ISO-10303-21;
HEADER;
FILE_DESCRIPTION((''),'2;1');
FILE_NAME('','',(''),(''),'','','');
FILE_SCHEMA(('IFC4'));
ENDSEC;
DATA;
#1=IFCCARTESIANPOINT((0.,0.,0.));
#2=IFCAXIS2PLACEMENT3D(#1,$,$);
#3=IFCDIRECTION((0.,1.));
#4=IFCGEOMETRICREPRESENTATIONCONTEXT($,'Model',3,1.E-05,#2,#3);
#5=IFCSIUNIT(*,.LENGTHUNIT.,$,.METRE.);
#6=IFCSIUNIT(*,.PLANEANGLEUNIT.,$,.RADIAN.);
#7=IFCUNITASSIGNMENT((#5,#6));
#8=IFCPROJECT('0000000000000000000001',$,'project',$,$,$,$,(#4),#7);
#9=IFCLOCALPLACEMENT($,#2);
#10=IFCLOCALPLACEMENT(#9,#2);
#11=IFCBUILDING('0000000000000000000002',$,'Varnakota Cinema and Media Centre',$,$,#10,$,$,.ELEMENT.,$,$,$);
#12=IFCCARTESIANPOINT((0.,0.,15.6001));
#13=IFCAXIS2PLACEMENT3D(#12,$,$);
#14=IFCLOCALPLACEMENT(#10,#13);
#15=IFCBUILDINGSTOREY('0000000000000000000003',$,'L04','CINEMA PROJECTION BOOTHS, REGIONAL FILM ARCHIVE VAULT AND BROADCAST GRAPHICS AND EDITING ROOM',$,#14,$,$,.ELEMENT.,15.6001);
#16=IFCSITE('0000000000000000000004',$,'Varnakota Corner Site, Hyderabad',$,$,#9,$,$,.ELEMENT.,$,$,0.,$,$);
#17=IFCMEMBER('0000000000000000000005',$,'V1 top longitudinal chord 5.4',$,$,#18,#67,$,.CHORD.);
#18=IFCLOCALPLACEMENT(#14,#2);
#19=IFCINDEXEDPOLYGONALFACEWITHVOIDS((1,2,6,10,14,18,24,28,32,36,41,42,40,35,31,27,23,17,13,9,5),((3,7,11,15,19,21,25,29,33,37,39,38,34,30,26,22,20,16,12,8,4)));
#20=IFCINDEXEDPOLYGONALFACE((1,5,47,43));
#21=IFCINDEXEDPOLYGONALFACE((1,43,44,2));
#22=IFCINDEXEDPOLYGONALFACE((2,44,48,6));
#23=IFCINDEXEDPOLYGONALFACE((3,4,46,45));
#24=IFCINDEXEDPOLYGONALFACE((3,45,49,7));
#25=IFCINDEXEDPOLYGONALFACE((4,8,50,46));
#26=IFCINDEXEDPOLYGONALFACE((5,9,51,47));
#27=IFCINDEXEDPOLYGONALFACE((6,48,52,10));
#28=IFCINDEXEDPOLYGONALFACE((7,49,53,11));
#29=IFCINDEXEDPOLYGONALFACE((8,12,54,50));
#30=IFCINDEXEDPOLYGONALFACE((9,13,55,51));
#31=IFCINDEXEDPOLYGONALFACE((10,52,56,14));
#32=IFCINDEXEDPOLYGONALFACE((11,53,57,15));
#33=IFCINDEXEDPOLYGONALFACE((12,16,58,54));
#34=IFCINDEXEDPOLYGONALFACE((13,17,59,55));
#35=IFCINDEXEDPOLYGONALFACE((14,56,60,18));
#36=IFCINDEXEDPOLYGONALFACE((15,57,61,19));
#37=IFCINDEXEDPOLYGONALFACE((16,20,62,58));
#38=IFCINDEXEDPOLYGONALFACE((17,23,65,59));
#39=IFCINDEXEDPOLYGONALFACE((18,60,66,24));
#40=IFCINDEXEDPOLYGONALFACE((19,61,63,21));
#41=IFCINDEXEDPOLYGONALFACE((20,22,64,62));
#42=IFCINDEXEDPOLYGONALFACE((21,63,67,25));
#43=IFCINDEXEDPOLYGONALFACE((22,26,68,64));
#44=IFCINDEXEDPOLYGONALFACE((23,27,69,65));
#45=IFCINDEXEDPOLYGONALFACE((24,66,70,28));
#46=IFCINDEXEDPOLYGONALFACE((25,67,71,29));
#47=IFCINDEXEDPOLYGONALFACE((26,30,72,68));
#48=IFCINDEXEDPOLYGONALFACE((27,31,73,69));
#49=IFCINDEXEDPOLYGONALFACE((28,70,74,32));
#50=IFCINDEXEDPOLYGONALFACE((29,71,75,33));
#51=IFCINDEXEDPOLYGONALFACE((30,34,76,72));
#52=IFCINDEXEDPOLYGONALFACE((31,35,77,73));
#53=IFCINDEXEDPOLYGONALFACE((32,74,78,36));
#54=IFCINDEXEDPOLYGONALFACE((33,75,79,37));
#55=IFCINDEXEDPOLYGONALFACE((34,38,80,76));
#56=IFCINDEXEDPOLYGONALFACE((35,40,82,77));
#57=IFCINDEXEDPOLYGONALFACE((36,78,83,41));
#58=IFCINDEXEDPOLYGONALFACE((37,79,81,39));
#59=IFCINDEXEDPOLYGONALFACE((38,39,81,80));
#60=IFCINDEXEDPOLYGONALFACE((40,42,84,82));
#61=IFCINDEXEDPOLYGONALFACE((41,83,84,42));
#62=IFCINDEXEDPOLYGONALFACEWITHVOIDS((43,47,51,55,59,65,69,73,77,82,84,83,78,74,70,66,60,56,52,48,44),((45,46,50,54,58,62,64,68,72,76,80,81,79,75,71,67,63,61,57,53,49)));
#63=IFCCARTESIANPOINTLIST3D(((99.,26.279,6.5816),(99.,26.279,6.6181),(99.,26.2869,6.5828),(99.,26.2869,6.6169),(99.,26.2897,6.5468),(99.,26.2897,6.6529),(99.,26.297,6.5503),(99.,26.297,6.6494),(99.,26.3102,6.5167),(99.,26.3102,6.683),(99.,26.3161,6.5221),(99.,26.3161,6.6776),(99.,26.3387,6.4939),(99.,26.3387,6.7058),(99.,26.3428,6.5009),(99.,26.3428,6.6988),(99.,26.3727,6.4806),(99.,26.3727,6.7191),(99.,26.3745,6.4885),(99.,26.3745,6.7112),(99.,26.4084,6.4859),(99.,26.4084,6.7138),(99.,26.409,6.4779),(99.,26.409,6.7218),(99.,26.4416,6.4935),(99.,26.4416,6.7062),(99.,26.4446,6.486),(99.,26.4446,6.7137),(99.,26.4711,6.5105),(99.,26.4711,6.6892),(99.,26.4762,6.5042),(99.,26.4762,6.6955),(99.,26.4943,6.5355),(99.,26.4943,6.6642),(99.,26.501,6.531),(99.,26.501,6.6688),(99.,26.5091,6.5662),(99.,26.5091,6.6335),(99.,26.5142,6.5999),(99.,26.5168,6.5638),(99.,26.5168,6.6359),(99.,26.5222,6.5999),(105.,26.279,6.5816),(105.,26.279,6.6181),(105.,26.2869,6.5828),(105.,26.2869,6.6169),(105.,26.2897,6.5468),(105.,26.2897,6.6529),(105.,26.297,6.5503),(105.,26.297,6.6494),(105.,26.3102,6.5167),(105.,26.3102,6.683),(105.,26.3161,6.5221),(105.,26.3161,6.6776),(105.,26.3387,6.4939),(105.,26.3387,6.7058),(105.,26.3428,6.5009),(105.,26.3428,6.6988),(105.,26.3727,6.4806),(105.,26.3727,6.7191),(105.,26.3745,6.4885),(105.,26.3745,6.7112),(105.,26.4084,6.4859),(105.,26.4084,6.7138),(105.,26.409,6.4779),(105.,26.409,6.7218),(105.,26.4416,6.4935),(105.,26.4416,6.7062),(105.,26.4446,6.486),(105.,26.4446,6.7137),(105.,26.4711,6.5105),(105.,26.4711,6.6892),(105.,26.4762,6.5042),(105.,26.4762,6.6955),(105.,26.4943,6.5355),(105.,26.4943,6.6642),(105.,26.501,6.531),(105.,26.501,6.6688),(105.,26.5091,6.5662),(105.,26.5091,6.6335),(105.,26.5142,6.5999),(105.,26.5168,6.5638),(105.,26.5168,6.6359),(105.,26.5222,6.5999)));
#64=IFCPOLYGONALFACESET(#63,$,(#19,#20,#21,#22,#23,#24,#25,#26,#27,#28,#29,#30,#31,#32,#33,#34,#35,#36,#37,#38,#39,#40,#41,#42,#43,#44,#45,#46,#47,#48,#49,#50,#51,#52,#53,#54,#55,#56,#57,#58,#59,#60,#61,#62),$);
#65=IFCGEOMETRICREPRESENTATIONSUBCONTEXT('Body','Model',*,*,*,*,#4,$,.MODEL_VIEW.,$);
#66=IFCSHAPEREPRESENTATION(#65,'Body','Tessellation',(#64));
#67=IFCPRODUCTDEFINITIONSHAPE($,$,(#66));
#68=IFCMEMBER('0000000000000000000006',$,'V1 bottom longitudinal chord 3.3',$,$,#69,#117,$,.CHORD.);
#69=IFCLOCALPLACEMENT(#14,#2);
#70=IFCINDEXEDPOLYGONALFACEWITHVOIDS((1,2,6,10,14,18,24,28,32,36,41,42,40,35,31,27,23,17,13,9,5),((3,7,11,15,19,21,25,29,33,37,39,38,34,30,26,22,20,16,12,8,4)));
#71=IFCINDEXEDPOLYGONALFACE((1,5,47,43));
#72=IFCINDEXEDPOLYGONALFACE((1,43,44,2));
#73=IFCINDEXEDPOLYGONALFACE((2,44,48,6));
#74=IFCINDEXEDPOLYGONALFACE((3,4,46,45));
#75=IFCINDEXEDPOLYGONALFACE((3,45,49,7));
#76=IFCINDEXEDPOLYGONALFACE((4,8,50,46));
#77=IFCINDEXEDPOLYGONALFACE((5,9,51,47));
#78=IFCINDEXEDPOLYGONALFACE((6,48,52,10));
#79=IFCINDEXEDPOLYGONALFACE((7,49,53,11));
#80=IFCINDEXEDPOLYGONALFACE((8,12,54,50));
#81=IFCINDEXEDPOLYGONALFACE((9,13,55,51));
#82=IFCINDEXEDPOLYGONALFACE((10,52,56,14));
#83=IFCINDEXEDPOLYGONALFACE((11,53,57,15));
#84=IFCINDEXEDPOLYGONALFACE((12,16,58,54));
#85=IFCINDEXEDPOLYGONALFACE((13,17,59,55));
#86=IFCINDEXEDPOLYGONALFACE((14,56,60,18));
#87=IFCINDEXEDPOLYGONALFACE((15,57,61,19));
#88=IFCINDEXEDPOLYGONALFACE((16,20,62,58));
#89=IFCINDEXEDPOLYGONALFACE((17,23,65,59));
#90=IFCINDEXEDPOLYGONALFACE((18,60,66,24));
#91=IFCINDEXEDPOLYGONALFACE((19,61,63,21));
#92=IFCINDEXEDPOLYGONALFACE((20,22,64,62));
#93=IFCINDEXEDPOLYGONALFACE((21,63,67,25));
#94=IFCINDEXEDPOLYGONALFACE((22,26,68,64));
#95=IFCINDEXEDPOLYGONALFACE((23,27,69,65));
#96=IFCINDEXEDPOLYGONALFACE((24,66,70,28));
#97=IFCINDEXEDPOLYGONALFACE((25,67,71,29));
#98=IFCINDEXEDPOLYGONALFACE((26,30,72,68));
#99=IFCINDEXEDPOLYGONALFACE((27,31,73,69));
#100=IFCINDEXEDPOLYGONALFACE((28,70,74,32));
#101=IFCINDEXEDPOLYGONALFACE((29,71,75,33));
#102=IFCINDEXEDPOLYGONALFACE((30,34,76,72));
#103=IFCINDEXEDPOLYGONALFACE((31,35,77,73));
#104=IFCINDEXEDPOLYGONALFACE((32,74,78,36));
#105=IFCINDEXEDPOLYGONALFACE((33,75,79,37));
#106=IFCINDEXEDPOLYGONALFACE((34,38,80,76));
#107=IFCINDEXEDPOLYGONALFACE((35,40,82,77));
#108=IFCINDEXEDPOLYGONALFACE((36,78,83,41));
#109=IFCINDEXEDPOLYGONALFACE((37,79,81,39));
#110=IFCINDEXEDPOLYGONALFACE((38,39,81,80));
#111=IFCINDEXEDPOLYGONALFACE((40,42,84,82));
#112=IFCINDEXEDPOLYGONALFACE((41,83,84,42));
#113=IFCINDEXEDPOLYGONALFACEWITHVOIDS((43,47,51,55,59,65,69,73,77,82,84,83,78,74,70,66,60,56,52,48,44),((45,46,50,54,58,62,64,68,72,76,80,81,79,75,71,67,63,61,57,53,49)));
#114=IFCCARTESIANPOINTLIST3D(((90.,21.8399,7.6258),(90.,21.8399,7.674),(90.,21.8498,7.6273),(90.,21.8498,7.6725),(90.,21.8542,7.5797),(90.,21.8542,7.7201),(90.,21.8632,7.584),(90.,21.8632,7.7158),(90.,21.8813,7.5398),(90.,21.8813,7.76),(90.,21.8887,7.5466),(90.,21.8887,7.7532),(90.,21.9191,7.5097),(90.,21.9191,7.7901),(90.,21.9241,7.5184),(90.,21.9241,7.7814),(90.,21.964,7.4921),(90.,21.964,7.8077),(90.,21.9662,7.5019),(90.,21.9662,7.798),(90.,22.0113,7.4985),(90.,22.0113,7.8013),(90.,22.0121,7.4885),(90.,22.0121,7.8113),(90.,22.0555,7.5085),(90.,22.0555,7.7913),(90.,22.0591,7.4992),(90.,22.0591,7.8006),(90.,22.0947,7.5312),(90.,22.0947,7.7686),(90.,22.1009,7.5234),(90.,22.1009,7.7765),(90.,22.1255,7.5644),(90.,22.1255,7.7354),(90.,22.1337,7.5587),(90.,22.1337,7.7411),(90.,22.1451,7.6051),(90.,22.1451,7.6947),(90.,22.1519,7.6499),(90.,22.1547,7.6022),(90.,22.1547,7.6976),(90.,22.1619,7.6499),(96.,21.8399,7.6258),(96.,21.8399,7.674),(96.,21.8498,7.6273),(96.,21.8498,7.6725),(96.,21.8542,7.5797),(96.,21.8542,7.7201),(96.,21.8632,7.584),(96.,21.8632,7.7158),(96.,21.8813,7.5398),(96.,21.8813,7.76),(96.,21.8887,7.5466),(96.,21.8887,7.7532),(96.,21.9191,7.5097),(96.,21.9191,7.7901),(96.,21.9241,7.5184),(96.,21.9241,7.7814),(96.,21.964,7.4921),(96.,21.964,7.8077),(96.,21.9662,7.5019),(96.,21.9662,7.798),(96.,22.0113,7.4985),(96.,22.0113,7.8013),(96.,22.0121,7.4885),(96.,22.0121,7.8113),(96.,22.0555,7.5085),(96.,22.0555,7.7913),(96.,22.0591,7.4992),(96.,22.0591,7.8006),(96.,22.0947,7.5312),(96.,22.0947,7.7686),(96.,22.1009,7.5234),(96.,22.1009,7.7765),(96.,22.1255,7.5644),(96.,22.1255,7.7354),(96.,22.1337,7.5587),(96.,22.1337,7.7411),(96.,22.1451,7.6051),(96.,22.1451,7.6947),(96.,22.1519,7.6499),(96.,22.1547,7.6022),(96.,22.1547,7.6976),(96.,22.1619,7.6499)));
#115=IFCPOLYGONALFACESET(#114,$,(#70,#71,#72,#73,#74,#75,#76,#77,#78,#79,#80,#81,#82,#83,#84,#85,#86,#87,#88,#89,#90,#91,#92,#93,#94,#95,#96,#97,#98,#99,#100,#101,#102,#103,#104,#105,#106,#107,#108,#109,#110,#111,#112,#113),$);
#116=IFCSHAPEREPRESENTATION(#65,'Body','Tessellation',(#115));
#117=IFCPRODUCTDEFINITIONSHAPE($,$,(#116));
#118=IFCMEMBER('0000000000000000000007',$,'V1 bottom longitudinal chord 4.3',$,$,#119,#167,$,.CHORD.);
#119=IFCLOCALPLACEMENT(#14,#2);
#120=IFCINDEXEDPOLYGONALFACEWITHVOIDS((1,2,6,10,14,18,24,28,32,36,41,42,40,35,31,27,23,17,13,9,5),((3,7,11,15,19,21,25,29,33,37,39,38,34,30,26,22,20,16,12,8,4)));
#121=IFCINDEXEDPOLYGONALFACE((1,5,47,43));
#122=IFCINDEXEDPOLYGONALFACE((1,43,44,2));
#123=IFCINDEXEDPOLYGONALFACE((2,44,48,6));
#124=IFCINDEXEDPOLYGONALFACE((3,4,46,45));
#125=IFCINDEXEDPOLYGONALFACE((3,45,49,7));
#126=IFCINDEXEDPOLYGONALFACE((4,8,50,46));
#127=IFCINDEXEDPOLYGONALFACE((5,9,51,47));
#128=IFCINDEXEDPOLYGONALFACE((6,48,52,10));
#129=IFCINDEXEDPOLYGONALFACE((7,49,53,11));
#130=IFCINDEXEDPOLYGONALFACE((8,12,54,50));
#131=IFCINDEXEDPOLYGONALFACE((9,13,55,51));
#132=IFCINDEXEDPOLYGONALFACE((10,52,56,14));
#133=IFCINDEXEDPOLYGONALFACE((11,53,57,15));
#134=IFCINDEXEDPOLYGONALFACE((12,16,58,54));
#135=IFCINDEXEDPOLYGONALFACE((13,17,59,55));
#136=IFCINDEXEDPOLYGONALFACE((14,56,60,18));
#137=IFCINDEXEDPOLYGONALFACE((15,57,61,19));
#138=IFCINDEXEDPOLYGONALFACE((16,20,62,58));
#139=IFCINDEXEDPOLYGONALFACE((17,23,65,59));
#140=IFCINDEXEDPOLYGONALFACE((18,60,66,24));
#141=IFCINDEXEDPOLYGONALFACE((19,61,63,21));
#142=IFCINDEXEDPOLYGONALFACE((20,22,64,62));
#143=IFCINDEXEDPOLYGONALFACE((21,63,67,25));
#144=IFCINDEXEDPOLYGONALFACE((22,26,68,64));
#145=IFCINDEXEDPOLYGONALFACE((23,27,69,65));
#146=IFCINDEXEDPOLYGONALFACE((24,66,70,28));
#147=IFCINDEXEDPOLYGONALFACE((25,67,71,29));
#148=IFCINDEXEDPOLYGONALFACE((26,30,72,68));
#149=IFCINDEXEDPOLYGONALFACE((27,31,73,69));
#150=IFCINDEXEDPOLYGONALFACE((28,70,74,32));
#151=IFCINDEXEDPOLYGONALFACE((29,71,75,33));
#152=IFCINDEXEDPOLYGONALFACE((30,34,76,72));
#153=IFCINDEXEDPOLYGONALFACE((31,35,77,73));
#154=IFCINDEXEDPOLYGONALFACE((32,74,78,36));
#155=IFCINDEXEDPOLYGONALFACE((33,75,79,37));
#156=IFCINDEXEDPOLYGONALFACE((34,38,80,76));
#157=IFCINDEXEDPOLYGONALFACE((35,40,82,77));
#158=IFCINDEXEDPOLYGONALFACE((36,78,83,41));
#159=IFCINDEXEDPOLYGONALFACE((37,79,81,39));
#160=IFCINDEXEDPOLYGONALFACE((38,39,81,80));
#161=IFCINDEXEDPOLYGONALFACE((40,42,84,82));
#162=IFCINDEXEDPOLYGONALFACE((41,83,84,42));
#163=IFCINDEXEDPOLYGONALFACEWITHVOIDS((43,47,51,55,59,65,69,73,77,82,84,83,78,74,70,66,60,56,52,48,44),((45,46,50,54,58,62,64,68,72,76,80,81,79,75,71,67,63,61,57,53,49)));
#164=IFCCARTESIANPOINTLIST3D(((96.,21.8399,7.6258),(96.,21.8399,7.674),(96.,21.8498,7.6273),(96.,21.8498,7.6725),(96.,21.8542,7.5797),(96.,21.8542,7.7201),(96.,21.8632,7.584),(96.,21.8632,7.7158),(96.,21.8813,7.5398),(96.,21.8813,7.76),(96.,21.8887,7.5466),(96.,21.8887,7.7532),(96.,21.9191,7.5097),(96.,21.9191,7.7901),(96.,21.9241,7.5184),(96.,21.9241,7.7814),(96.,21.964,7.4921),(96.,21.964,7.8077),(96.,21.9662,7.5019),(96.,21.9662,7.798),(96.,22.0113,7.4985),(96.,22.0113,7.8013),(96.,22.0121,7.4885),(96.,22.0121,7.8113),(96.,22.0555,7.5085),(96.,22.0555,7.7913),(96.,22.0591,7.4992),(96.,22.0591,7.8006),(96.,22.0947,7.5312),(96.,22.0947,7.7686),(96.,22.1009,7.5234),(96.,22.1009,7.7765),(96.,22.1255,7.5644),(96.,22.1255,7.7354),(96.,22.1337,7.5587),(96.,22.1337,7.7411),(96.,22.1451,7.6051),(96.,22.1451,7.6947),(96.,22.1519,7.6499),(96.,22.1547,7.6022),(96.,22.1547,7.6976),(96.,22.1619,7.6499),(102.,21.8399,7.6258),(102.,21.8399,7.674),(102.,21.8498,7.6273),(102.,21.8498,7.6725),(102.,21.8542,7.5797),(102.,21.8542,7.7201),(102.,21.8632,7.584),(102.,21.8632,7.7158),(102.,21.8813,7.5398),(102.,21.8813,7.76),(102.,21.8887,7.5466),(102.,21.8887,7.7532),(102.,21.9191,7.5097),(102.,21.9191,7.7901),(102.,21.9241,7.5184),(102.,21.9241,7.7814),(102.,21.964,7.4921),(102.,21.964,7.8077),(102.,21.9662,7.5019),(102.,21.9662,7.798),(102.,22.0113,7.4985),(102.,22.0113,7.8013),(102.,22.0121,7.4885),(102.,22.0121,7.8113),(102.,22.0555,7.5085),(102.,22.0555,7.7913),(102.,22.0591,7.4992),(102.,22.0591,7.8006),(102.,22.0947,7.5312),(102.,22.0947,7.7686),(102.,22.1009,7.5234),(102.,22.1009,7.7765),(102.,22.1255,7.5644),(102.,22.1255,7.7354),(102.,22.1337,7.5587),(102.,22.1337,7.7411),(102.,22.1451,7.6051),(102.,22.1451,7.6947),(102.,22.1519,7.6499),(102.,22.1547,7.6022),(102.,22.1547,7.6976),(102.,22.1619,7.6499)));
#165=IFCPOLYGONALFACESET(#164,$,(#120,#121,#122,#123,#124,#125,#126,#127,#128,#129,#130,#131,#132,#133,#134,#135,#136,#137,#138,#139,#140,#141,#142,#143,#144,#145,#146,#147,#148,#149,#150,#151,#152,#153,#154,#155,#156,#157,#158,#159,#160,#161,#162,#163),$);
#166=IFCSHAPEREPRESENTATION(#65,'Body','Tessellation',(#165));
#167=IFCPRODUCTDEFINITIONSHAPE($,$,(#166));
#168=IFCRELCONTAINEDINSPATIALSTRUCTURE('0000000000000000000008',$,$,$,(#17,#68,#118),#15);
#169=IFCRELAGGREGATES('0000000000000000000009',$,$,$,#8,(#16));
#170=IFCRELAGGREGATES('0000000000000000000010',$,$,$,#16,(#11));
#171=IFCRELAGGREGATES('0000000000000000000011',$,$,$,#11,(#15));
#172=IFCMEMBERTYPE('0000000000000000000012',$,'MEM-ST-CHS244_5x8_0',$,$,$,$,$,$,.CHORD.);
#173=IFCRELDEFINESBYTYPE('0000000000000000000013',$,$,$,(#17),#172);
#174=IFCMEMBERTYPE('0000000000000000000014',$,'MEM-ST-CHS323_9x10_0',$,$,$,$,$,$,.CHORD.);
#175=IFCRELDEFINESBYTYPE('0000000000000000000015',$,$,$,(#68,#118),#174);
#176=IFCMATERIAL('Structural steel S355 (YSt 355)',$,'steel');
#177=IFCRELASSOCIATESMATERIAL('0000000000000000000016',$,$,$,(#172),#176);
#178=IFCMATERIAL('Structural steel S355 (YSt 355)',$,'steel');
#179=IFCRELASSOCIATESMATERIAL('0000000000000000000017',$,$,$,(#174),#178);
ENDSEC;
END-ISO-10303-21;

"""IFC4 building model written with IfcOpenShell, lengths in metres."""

from ifc_helpers import new_model, si_unit, direction, frame, origin, origin_2d, place, context, subcontext, project, spatial, hollow_circle, extrude, material, material_profile, profile_set, type_object, element, save


model = new_model("IFC4")

# Units and contexts
model_context = context("Model", 3, precision=1e-05, world=origin(), true_north=direction((0.0, 1.0)))
body_context = subcontext(model_context, "Body", "Model", "MODEL_VIEW")
ifc_project = project(units=[si_unit("LENGTHUNIT", "METRE"), si_unit("PLANEANGLEUNIT", "RADIAN")], contexts=[model_context])

# Site, building, storey
site_placement = place(None, origin())
site = spatial("IfcSite", under=ifc_project, at=site_placement, Name="Varnakota Corner Site, Hyderabad", CompositionType="ELEMENT", RefElevation=0.0)
building_placement = place(site_placement, origin())
building = spatial("IfcBuilding", under=site, at=building_placement, Name="Varnakota Cinema and Media Centre", CompositionType="ELEMENT")
storey_placement = place(building_placement, frame((0.0, 0.0, 15.6001)))
storey = spatial("IfcBuildingStorey", under=building, at=storey_placement, Name="L04", Description="CINEMA PROJECTION BOOTHS, REGIONAL FILM ARCHIVE VAULT AND BROADCAST GRAPHICS AND EDITING ROOM", CompositionType="ELEMENT", Elevation=15.6001)

# Members
ifc_material_1 = material(Name="Structural steel S355 (YSt 355)", Category="steel")
ifc_material_profile_1 = material_profile(ifc_material_1, hollow_circle(Radius=0.1223, WallThickness=0.0081, at=origin_2d()), Name="CHS 244.5x8.0")
ifc_profile_set_1 = profile_set([ifc_material_profile_1], Name="Structural steel S355 (YSt 355)")
member_type_1 = type_object("IfcMemberType", Name="MEM-ST-CHS244_5x8_0", PredefinedType="CHORD", material=ifc_profile_set_1)
for number, where, z_axis, x_axis, name in (
    (1, (99.0, 26.3999, 6.5999), (1.0, 0.0, 0.0), (0.0, 1.0, 0.0), "V1 top longitudinal chord 5.4"),
):
    element("IfcMember", number, at=place(storey_placement, frame(where, z_axis=z_axis, x_axis=x_axis)), inside=storey, type_object=member_type_1, Name=name, PredefinedType="CHORD", context=body_context, shape_type="SweptSolid", body=[
        extrude(hollow_circle(Radius=0.1223, WallThickness=0.0081, at=origin_2d()), origin(), (0.0, 0.0, 1.0), 6.0),
    ])
ifc_material_2 = material(Name="Structural steel S355 (YSt 355)", Category="steel")
ifc_material_profile_2 = material_profile(ifc_material_2, hollow_circle(Radius=0.1619, WallThickness=0.01, at=origin_2d()), Name="CHS 323.9x10.0")
ifc_profile_set_2 = profile_set([ifc_material_profile_2], Name="Structural steel S355 (YSt 355)")
member_type_2 = type_object("IfcMemberType", Name="MEM-ST-CHS323_9x10_0", PredefinedType="CHORD", material=ifc_profile_set_2)
for number, where, z_axis, x_axis, name in (
    (2, (90.0, 22.0, 7.6499), (1.0, 0.0, 0.0), (0.0, 1.0, 0.0), "V1 bottom longitudinal chord 3.3"),
    (3, (96.0, 22.0, 7.6499), (1.0, 0.0, 0.0), (0.0, 1.0, 0.0), "V1 bottom longitudinal chord 4.3"),
):
    element("IfcMember", number, at=place(storey_placement, frame(where, z_axis=z_axis, x_axis=x_axis)), inside=storey, type_object=member_type_2, Name=name, PredefinedType="CHORD", context=body_context, shape_type="SweptSolid", body=[
        extrude(hollow_circle(Radius=0.1619, WallThickness=0.01, at=origin_2d()), origin(), (0.0, 0.0, 1.0), 6.0),
    ])

save(model, "model.ifc")
